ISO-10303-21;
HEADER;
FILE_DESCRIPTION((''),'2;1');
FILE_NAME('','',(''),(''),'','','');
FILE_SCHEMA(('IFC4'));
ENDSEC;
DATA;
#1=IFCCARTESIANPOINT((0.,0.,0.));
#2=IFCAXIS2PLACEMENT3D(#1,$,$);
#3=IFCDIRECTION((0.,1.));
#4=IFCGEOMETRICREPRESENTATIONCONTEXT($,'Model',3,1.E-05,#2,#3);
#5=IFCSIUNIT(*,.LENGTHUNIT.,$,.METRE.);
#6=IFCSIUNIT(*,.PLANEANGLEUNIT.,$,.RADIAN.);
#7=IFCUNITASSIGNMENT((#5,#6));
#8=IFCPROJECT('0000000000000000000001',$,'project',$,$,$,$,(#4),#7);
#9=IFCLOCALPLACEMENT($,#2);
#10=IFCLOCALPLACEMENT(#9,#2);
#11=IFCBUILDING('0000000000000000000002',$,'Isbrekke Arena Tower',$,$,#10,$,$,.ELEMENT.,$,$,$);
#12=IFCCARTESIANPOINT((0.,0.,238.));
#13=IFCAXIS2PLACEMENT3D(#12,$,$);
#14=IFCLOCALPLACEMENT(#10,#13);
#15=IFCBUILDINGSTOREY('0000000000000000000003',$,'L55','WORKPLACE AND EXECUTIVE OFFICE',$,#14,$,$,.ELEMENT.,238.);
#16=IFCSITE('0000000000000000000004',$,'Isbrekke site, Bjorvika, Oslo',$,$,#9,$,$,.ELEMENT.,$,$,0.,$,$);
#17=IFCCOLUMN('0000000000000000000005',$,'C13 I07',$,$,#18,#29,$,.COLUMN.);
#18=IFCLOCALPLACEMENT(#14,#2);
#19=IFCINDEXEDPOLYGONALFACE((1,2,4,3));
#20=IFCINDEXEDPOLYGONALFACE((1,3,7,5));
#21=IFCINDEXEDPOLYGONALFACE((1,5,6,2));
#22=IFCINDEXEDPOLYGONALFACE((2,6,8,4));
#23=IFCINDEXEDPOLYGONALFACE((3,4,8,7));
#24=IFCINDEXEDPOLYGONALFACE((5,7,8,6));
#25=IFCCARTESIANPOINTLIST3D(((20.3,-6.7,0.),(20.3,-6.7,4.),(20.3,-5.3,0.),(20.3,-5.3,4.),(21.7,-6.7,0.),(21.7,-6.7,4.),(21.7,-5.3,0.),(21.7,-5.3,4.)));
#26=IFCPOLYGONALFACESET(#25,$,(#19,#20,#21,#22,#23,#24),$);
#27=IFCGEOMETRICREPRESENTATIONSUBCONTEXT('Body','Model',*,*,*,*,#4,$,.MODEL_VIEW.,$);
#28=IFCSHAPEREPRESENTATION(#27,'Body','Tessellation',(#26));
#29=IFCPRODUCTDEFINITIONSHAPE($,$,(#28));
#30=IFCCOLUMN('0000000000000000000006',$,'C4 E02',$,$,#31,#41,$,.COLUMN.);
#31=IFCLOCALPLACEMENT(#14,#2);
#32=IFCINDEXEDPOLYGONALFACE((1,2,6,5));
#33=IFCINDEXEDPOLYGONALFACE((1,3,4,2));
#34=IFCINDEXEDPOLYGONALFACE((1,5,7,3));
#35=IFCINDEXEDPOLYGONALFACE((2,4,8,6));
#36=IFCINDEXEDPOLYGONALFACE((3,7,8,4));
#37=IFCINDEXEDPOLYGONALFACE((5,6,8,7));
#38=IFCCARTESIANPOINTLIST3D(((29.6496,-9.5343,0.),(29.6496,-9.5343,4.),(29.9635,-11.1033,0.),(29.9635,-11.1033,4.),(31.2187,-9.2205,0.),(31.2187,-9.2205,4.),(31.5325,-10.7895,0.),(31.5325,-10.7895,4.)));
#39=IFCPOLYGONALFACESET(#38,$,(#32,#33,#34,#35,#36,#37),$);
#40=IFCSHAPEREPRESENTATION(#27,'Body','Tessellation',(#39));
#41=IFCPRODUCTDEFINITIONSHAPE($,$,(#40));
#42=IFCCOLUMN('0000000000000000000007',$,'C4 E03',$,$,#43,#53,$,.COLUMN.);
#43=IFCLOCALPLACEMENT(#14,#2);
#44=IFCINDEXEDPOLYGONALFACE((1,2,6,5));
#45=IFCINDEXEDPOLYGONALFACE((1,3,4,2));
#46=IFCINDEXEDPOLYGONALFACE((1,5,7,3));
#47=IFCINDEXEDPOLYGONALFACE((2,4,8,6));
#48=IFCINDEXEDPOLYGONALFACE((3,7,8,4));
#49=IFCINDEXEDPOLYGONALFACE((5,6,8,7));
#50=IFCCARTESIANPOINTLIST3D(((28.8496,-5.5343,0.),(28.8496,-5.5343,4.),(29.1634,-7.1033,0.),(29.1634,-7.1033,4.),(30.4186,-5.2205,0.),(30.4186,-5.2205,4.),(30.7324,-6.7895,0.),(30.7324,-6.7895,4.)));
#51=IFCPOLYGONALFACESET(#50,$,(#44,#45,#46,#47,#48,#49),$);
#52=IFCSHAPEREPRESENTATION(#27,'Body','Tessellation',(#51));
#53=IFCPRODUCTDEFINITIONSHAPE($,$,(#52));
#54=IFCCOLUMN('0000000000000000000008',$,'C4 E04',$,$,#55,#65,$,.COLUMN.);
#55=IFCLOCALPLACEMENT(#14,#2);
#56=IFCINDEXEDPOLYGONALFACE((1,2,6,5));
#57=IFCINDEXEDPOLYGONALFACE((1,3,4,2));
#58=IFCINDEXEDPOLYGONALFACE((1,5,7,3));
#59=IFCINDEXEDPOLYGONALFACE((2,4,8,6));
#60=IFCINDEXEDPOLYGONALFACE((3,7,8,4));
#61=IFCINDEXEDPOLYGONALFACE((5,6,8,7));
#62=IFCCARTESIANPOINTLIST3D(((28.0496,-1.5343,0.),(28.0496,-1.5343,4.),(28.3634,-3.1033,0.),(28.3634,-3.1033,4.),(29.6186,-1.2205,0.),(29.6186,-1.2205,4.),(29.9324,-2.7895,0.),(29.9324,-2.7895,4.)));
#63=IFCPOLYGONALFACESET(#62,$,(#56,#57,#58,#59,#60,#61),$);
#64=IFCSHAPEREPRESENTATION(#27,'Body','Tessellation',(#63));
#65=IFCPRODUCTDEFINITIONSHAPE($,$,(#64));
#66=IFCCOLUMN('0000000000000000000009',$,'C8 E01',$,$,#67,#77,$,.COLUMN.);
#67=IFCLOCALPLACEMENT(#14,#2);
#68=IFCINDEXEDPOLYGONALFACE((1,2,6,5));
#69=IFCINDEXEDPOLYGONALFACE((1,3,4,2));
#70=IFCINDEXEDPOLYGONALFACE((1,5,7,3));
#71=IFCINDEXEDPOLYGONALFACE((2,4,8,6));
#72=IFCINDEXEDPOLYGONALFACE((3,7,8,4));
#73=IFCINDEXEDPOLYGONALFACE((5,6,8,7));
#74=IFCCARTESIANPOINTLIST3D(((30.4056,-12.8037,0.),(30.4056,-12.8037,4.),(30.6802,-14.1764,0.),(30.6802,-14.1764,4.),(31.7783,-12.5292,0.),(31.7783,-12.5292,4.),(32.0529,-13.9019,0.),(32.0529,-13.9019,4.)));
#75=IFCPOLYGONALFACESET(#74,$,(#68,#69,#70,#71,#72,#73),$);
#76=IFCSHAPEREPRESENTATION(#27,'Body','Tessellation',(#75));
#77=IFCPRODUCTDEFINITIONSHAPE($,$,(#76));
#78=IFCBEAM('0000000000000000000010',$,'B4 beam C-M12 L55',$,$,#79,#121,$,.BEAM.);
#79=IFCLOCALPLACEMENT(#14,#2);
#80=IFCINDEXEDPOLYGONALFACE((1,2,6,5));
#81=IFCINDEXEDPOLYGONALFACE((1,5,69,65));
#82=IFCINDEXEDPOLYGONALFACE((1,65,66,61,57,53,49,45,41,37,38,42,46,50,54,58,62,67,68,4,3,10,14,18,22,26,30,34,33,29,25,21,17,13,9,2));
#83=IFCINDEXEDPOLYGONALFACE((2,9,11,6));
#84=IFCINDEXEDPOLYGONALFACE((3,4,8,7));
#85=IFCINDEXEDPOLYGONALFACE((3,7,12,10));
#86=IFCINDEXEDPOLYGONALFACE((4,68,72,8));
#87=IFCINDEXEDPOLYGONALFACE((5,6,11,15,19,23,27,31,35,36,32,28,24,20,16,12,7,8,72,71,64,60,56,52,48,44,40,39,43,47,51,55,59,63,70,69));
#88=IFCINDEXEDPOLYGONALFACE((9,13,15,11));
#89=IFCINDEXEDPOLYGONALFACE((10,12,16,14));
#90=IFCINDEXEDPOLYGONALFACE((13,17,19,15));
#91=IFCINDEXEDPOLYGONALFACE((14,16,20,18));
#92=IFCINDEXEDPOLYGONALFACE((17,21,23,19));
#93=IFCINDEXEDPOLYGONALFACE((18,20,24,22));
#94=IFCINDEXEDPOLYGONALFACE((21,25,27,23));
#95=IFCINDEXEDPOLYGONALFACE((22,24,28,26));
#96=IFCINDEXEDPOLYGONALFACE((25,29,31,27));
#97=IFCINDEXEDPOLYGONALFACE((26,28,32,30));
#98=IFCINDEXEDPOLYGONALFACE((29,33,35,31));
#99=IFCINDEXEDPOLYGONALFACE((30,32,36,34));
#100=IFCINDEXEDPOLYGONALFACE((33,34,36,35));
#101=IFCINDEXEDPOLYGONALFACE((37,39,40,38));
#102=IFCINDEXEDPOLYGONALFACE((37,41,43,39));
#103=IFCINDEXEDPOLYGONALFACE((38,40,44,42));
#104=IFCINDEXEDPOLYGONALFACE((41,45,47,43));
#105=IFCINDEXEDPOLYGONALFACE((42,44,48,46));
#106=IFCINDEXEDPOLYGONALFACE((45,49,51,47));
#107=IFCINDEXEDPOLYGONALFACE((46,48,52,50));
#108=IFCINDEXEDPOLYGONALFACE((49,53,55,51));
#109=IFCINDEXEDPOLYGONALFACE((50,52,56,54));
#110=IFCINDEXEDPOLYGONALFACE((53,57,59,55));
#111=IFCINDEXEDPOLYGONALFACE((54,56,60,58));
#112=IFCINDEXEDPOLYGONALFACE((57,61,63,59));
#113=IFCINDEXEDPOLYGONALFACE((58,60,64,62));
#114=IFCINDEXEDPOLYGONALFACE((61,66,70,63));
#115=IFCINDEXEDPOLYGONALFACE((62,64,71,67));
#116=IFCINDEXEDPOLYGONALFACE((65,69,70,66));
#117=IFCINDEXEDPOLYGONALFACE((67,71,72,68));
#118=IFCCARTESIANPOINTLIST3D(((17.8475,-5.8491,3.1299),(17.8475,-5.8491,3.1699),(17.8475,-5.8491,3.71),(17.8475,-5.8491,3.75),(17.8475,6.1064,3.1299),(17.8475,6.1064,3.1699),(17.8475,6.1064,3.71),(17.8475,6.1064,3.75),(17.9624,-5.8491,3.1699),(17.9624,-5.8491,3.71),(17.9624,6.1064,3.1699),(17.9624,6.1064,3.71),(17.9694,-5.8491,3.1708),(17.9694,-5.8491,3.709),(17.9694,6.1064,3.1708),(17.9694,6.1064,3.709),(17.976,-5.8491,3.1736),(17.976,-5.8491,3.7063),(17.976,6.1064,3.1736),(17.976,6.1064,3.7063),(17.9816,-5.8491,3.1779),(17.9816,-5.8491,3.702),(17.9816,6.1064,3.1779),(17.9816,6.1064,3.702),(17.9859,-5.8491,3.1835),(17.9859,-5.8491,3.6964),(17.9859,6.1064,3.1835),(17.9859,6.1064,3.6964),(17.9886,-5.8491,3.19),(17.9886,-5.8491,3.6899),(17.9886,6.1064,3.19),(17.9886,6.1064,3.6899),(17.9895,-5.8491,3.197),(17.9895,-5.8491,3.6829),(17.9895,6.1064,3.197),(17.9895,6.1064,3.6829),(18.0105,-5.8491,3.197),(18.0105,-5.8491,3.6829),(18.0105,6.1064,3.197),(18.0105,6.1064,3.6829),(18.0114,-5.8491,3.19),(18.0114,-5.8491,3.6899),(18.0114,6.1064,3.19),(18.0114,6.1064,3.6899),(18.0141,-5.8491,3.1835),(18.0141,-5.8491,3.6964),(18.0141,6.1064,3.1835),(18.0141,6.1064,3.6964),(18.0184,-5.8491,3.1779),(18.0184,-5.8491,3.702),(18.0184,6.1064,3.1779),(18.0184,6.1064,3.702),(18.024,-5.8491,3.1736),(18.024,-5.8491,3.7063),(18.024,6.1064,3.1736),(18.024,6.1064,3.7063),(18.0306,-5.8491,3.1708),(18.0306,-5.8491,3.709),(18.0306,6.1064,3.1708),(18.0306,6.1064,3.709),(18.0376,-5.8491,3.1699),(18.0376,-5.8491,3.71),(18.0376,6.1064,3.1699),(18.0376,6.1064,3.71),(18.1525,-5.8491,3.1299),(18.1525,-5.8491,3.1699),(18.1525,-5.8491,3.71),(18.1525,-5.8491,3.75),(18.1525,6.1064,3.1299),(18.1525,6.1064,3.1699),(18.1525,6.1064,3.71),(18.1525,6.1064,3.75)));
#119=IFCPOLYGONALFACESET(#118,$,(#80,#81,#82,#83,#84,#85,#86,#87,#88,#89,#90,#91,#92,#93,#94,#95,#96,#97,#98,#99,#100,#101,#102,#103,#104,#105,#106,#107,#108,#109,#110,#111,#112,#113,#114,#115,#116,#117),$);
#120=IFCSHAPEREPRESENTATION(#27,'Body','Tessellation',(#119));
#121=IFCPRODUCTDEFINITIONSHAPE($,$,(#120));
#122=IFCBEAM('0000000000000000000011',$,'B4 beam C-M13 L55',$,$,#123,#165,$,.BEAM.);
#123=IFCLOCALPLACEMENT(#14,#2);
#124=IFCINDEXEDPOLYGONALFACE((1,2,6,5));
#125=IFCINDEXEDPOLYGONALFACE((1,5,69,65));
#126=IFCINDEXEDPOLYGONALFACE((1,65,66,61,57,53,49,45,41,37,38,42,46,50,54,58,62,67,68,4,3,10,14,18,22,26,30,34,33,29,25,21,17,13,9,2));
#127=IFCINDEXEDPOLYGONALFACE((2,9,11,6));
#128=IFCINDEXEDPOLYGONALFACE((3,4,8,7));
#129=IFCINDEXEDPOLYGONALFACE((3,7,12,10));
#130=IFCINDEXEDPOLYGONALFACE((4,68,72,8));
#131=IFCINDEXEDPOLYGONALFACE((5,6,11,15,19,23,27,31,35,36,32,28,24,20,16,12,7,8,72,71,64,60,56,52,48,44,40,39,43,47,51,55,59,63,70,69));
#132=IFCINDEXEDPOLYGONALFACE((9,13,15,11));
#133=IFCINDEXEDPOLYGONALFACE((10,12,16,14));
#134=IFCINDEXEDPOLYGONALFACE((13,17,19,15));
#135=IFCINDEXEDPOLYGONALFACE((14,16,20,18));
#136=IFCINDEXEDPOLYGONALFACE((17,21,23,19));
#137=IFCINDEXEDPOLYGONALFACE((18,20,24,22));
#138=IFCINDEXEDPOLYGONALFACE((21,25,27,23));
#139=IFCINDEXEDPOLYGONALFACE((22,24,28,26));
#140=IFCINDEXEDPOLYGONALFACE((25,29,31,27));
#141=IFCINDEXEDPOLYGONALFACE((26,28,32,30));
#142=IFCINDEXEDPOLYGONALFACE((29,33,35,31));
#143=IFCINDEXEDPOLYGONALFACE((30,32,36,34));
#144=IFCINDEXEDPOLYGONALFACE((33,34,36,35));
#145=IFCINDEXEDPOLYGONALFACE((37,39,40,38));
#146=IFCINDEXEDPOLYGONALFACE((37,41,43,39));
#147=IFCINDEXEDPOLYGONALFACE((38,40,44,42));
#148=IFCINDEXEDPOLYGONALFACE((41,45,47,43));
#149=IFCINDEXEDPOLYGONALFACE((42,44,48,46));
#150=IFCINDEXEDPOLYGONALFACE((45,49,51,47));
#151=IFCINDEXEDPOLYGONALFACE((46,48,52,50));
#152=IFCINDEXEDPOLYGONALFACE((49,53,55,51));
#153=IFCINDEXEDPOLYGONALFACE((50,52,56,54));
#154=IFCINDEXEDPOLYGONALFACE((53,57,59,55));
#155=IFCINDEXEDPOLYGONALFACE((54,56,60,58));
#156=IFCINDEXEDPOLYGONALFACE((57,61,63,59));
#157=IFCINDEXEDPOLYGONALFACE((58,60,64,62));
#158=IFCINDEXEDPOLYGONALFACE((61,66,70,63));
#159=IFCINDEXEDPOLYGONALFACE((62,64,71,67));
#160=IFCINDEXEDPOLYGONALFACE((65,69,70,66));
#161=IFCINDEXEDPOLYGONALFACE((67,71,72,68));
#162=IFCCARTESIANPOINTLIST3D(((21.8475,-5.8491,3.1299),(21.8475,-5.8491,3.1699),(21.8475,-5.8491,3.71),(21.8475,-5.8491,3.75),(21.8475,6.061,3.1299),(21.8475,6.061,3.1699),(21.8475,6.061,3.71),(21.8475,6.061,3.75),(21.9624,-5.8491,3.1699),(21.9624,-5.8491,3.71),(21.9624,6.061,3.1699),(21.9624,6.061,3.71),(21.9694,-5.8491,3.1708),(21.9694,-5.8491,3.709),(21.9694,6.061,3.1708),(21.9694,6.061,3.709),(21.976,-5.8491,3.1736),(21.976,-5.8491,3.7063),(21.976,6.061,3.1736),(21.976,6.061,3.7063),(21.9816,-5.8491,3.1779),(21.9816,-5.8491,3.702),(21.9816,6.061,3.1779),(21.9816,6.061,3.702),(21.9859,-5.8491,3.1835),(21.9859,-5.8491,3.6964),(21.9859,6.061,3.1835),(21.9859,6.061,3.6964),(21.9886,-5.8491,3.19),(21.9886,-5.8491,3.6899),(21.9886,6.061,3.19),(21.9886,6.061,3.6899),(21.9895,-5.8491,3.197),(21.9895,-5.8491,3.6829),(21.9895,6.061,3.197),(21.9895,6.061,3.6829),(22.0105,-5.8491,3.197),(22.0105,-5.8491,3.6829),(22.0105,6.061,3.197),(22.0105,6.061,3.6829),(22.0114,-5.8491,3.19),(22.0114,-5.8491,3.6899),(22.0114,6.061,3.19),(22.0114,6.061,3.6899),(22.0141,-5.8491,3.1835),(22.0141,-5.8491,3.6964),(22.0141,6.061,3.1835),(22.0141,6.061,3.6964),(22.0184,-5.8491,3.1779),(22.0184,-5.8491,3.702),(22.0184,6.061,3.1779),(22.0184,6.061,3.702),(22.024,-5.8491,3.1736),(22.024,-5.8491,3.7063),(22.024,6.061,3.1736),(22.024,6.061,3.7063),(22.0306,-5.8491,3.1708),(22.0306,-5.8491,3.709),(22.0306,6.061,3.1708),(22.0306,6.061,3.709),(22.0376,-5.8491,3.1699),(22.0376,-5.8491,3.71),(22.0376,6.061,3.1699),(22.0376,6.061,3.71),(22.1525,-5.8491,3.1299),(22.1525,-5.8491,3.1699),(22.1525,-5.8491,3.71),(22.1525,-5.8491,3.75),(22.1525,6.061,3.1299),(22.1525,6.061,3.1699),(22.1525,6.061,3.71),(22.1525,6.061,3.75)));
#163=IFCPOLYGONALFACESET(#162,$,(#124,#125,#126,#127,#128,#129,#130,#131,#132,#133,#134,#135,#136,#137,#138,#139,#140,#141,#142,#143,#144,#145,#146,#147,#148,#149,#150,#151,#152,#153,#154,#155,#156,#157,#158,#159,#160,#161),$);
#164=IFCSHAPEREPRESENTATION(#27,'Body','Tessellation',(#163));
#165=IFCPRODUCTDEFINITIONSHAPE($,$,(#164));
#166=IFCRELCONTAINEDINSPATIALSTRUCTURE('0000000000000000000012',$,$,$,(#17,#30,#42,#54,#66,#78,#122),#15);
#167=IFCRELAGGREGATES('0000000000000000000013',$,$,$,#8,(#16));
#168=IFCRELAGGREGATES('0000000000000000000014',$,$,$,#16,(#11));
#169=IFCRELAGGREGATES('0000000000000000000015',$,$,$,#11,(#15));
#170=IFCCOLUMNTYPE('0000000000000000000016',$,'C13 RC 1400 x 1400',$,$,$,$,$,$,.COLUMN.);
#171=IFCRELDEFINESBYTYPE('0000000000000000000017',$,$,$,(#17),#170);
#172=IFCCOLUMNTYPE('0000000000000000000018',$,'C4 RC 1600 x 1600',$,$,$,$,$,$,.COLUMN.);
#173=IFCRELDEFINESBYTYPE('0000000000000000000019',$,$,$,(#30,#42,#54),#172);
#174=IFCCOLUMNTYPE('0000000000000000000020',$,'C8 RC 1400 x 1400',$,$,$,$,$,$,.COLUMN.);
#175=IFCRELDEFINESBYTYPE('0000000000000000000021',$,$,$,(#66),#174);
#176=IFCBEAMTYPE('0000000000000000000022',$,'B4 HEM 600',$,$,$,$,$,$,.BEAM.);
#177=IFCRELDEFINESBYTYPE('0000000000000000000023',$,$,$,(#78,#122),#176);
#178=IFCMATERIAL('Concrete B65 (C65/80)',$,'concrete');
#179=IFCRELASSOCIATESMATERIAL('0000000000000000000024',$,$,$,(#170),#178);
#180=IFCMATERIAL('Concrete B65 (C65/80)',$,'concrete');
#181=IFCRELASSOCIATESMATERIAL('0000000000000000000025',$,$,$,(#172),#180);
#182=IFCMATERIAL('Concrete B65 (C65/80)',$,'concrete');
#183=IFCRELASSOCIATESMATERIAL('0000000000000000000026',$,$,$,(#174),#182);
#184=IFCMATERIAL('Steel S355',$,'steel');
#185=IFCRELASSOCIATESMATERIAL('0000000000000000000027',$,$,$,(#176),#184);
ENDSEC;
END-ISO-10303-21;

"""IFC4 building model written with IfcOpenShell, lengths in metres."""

from ifc_helpers import new_model, si_unit, direction, frame, origin, origin_2d, place, context, subcontext, project, spatial, rectangle, i_section, extrude, material, material_profile, profile_set, type_object, element, save


model = new_model("IFC4")

# Units and contexts
model_context = context("Model", 3, precision=1e-05, world=origin(), true_north=direction((0.0, 1.0)))
body_context = subcontext(model_context, "Body", "Model", "MODEL_VIEW")
ifc_project = project(units=[si_unit("LENGTHUNIT", "METRE"), si_unit("PLANEANGLEUNIT", "RADIAN")], contexts=[model_context])

# Site, building, storey
site_placement = place(None, origin())
site = spatial("IfcSite", under=ifc_project, at=site_placement, Name="Isbrekke site, Bjorvika, Oslo", CompositionType="ELEMENT", RefElevation=0.0)
building_placement = place(site_placement, origin())
building = spatial("IfcBuilding", under=site, at=building_placement, Name="Isbrekke Arena Tower", CompositionType="ELEMENT")
storey_placement = place(building_placement, frame((0.0, 0.0, 238.0)))
storey = spatial("IfcBuildingStorey", under=building, at=storey_placement, Name="L55", Description="WORKPLACE AND EXECUTIVE OFFICE", CompositionType="ELEMENT", Elevation=238.0)

# Columns
ifc_material_1 = material(Name="Concrete B65 (C65/80)", Category="concrete")
ifc_material_profile_1 = material_profile(ifc_material_1, rectangle(XDim=1.3999, YDim=1.3999, at=origin_2d()), Name="RC 1400x1400")
ifc_profile_set_1 = profile_set([ifc_material_profile_1], Name="Concrete B65 (C65/80)")
column_type_1 = type_object("IfcColumnType", Name="C13 RC 1400 x 1400", PredefinedType="COLUMN", material=ifc_profile_set_1)
column_1_placement = place(storey_placement, frame((21.0, -6.0, 0.0), z_axis=(0.0, 0.0, 1.0), x_axis=(1.0, 0.0, 0.0)))
element("IfcColumn", 1, at=column_1_placement, inside=storey, type_object=column_type_1, Name="C13 I07", PredefinedType="COLUMN", context=body_context, shape_type="SweptSolid", body=[
    extrude(rectangle(XDim=1.3999, YDim=1.3999, at=origin_2d()), origin(), (0.0, 0.0, 1.0), 4.0),
])
ifc_material_2 = material(Name="Concrete B65 (C65/80)", Category="concrete")
ifc_material_profile_2 = material_profile(ifc_material_2, rectangle(XDim=1.6001, YDim=1.6001, at=origin_2d()), Name="RC 1600x1600")
ifc_profile_set_2 = profile_set([ifc_material_profile_2], Name="Concrete B65 (C65/80)")
column_type_2 = type_object("IfcColumnType", Name="C4 RC 1600 x 1600", PredefinedType="COLUMN", material=ifc_profile_set_2)
for number, where, z_axis, x_axis, name in (
    (2, (30.5911, -10.1619, 0.0), (0.0, 0.0, 1.0), (-0.196116, 0.980581, 0.0), "C4 E02"),
    (3, (29.791, -6.1619, 0.0), (0.0, 0.0, 1.0), (-0.196116, 0.980581, 0.0), "C4 E03"),
    (4, (28.991, -2.1619, 0.0), (0.0, 0.0, 1.0), (-0.196116, 0.980581, 0.0), "C4 E04"),
):
    element("IfcColumn", number, at=place(storey_placement, frame(where, z_axis=z_axis, x_axis=x_axis)), inside=storey, type_object=column_type_2, Name=name, PredefinedType="COLUMN", context=body_context, shape_type="SweptSolid", body=[
        extrude(rectangle(XDim=1.6001, YDim=1.6001, at=origin_2d()), origin(), (0.0, 0.0, 1.0), 4.0),
    ])
ifc_material_3 = material(Name="Concrete B65 (C65/80)", Category="concrete")
ifc_material_profile_3 = material_profile(ifc_material_3, rectangle(XDim=1.3999, YDim=1.3999, at=origin_2d()), Name="RC 1400x1400")
ifc_profile_set_3 = profile_set([ifc_material_profile_3], Name="Concrete B65 (C65/80)")
column_type_3 = type_object("IfcColumnType", Name="C8 RC 1400 x 1400", PredefinedType="COLUMN", material=ifc_profile_set_3)
column_2_placement = place(storey_placement, frame((31.2292, -13.3528, 0.0), z_axis=(0.0, 0.0, 1.0), x_axis=(-0.196116, 0.980581, 0.0)))
element("IfcColumn", 5, at=column_2_placement, inside=storey, type_object=column_type_3, Name="C8 E01", PredefinedType="COLUMN", context=body_context, shape_type="SweptSolid", body=[
    extrude(rectangle(XDim=1.3999, YDim=1.3999, at=origin_2d()), origin(), (0.0, 0.0, 1.0), 4.0),
])

# Beams
ifc_material_4 = material(Name="Steel S355", Category="steel")
ifc_material_profile_4 = material_profile(ifc_material_4, i_section(OverallWidth=0.3049, OverallDepth=0.6201, WebThickness=0.021, FlangeThickness=0.04, FilletRadius=0.0271, at=origin_2d()), Name="HEM 600")
ifc_profile_set_4 = profile_set([ifc_material_profile_4], Name="Steel S355")
beam_type_1 = type_object("IfcBeamType", Name="B4 HEM 600", PredefinedType="BEAM", material=ifc_profile_set_4)
beam_1_placement = place(storey_placement, frame((18.0, -5.8491, 3.4399), z_axis=(0.0, 1.0, 0.0), x_axis=(-1.0, 0.0, 0.0)))
element("IfcBeam", 6, at=beam_1_placement, inside=storey, type_object=beam_type_1, Name="B4 beam C-M12 L55", PredefinedType="BEAM", context=body_context, shape_type="SweptSolid", body=[
    extrude(i_section(OverallWidth=0.3049, OverallDepth=0.6201, WebThickness=0.021, FlangeThickness=0.04, FilletRadius=0.0271, at=origin_2d()), origin(), (0.0, 0.0, 1.0), 11.9556),
])
beam_2_placement = place(storey_placement, frame((22.0, -5.8491, 3.4399), z_axis=(0.0, 1.0, 0.0), x_axis=(-1.0, 0.0, 0.0)))
element("IfcBeam", 7, at=beam_2_placement, inside=storey, type_object=beam_type_1, Name="B4 beam C-M13 L55", PredefinedType="BEAM", context=body_context, shape_type="SweptSolid", body=[
    extrude(i_section(OverallWidth=0.3049, OverallDepth=0.6201, WebThickness=0.021, FlangeThickness=0.04, FilletRadius=0.0271, at=origin_2d()), origin(), (0.0, 0.0, 1.0), 11.9102),
])

save(model, "model.ifc")
